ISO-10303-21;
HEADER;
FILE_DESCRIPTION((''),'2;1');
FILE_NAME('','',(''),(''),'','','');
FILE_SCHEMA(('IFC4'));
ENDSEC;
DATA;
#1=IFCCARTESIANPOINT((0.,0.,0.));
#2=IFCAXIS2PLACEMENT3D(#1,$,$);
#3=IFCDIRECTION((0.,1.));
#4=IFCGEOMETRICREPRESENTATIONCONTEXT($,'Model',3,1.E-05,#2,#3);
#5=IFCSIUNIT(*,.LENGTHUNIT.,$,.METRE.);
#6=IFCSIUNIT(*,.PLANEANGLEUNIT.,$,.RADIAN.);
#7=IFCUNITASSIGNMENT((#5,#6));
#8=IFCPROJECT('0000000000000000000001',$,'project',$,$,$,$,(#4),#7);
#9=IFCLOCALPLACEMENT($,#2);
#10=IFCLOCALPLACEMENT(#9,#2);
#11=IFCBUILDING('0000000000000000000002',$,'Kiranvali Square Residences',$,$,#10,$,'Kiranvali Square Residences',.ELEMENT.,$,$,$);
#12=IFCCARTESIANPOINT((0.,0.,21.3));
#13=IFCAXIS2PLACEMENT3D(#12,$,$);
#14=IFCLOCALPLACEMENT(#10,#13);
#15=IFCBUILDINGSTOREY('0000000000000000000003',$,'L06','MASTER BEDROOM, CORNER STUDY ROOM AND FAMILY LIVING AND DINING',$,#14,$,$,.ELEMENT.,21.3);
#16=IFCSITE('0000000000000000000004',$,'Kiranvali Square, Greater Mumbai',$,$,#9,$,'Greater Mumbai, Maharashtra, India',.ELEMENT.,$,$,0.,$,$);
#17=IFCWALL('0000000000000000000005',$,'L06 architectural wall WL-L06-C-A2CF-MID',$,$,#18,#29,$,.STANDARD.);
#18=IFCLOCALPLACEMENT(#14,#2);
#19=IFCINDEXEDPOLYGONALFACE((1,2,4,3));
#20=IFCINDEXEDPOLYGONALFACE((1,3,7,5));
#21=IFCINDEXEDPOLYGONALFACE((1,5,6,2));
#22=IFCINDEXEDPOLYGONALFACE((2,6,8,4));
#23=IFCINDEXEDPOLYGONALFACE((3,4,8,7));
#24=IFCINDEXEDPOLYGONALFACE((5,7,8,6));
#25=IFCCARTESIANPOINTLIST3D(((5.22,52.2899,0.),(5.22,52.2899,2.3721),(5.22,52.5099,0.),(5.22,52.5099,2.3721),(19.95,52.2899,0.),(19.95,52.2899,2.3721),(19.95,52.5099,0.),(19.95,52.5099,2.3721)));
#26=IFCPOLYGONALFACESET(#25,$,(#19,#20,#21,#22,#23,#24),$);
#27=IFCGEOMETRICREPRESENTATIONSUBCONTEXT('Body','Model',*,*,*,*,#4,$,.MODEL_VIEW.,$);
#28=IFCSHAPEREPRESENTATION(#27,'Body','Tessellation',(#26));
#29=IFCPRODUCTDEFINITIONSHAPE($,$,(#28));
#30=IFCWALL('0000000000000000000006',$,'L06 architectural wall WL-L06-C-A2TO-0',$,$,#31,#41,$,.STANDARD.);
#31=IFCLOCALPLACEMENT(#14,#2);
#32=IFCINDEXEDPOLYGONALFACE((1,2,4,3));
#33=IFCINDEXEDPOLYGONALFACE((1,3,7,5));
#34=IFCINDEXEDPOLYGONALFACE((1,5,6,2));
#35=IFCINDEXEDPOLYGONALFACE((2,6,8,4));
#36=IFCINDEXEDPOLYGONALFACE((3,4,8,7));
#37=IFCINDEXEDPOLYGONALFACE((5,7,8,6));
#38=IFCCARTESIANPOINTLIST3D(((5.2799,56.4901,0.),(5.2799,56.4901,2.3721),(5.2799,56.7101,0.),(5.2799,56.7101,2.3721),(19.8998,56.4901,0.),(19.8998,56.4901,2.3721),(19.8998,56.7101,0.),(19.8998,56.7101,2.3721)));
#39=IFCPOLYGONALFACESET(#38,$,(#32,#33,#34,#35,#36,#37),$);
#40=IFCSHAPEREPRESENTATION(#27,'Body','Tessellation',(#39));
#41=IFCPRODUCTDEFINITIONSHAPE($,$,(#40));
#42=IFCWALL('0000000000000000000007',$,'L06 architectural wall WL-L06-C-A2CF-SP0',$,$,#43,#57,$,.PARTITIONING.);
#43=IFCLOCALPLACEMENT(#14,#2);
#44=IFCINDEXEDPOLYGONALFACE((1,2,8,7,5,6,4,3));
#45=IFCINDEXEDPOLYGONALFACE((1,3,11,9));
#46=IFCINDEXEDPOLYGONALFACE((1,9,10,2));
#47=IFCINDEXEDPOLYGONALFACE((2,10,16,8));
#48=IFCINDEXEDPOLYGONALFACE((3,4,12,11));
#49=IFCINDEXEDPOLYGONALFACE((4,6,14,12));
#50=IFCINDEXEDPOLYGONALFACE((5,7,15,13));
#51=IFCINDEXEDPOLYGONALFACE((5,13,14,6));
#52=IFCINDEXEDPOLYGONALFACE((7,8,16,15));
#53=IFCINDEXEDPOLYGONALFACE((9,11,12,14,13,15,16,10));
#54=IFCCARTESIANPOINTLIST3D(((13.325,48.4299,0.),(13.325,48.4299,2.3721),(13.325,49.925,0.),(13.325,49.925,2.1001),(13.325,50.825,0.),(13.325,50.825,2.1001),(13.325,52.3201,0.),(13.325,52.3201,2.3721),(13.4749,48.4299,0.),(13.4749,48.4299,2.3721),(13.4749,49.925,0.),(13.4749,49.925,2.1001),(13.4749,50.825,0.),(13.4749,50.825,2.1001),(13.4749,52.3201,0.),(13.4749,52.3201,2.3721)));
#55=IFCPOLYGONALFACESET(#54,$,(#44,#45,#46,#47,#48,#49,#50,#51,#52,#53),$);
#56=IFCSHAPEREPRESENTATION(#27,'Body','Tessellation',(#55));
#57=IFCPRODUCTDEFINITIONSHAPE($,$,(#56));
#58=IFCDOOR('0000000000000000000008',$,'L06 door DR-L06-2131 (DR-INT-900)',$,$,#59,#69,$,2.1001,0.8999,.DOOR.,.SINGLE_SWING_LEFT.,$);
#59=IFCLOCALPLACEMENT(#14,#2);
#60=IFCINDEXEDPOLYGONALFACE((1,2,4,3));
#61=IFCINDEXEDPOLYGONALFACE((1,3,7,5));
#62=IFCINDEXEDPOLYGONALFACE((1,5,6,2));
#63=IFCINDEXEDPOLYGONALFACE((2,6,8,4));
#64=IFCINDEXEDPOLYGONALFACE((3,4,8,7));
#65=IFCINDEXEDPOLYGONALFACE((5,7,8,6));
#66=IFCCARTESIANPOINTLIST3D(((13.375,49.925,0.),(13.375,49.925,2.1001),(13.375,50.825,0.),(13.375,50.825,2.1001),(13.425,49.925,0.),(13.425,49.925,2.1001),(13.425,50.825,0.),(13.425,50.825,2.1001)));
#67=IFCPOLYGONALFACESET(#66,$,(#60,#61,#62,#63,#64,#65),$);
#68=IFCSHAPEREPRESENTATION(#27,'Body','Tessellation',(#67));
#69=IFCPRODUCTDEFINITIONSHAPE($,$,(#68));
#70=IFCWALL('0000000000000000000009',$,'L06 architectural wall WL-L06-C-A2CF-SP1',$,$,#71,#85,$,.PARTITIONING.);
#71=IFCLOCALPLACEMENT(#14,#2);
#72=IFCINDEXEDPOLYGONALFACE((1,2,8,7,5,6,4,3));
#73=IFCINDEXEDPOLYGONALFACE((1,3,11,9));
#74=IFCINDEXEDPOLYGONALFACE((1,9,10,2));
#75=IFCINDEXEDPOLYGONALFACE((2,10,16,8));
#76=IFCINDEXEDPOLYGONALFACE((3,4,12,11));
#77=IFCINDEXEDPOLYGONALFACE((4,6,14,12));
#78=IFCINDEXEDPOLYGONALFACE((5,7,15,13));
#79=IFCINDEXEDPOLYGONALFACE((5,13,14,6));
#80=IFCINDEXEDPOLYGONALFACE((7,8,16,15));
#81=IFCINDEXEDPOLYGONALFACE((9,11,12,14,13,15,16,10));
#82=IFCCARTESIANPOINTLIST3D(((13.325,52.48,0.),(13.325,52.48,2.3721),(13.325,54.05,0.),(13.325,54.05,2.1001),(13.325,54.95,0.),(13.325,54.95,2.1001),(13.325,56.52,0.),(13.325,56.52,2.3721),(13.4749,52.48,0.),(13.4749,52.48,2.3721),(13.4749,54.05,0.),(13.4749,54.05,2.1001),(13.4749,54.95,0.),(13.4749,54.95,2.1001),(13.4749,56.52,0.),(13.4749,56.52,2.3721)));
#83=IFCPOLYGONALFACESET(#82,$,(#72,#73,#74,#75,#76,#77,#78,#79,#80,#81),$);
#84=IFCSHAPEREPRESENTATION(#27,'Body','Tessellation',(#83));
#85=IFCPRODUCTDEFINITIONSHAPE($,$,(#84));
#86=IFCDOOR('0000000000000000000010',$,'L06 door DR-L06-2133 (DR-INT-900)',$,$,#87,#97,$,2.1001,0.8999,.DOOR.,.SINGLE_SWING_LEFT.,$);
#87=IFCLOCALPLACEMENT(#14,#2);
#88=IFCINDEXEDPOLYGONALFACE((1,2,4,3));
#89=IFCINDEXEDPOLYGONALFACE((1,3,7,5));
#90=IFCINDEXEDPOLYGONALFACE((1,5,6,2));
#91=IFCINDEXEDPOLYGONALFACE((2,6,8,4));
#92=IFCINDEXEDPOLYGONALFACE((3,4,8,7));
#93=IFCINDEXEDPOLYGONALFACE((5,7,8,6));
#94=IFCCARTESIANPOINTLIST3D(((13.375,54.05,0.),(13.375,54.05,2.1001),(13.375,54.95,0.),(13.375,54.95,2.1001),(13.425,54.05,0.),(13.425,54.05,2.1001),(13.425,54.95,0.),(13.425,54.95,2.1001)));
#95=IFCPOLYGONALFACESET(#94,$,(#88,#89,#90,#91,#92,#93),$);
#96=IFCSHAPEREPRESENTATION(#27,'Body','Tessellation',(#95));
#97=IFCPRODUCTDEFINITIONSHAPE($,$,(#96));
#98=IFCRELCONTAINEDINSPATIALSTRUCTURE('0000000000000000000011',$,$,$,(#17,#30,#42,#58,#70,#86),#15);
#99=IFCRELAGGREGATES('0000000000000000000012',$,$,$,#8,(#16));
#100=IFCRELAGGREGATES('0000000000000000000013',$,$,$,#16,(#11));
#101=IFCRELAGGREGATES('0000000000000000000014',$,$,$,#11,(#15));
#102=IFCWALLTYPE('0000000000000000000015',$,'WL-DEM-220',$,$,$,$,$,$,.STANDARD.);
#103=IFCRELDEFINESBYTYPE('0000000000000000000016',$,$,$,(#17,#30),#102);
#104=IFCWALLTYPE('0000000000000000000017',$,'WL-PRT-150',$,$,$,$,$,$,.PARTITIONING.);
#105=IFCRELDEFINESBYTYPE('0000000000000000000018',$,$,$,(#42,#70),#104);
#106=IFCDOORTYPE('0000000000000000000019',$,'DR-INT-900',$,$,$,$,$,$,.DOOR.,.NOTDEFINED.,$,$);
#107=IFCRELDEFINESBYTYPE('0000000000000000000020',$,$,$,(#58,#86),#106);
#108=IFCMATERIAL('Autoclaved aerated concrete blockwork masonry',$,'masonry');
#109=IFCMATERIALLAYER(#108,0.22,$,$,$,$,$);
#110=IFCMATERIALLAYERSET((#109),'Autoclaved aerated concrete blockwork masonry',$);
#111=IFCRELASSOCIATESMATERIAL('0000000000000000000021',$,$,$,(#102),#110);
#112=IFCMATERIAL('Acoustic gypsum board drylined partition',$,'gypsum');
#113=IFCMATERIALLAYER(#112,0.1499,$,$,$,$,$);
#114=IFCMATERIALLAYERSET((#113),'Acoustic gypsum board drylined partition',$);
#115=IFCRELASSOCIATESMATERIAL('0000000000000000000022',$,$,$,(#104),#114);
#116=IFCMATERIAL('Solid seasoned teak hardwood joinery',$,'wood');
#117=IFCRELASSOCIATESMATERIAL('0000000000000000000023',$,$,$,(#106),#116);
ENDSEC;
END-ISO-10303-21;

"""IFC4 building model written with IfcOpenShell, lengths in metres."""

from ifc_helpers import new_model, si_unit, direction, frame, frame_2d, origin, place, context, subcontext, project, spatial, rectangle, extrude, material, layer, layer_set, type_object, element, fill, save


model = new_model("IFC4")

# Units and contexts
model_context = context("Model", 3, precision=1e-05, world=origin(), true_north=direction((0.0, 1.0)))
body_context = subcontext(model_context, "Body", "Model", "MODEL_VIEW")
ifc_project = project(units=[si_unit("LENGTHUNIT", "METRE"), si_unit("PLANEANGLEUNIT", "RADIAN")], contexts=[model_context])

# Site, building, storey
site_placement = place(None, origin())
site = spatial("IfcSite", under=ifc_project, at=site_placement, Name="Kiranvali Square, Greater Mumbai", LongName="Greater Mumbai, Maharashtra, India", CompositionType="ELEMENT", RefElevation=0.0)
building_placement = place(site_placement, origin())
building = spatial("IfcBuilding", under=site, at=building_placement, Name="Kiranvali Square Residences", LongName="Kiranvali Square Residences", CompositionType="ELEMENT")
storey_placement = place(building_placement, frame((0.0, 0.0, 21.3)))
storey = spatial("IfcBuildingStorey", under=building, at=storey_placement, Name="L06", Description="MASTER BEDROOM, CORNER STUDY ROOM AND FAMILY LIVING AND DINING", CompositionType="ELEMENT", Elevation=21.3)

# Walls
ifc_material_1 = material(Name="Autoclaved aerated concrete blockwork masonry", Category="masonry")
ifc_layer_1 = layer(ifc_material_1, 0.22)
ifc_layer_set_1 = layer_set([ifc_layer_1], Name="Autoclaved aerated concrete blockwork masonry")
wall_type_1 = type_object("IfcWallType", Name="WL-DEM-220", PredefinedType="STANDARD", material=ifc_layer_set_1)
wall_1_placement = place(storey_placement, frame((19.95, 52.3999, 0.0), z_axis=(0.0, 0.0, 1.0), x_axis=(-1.0, 0.0, 0.0)))
element("IfcWall", 1, at=wall_1_placement, inside=storey, type_object=wall_type_1, Name="L06 architectural wall WL-L06-C-A2CF-MID", PredefinedType="STANDARD", context=body_context, shape_type="SweptSolid", body=[
    extrude(rectangle(XDim=14.73, YDim=0.22, at=frame_2d((7.365, 0.0))), origin(), (0.0, 0.0, 1.0), 2.3721),
])
wall_2_placement = place(storey_placement, frame((19.8999, 56.6001, 0.0), z_axis=(0.0, 0.0, 1.0), x_axis=(-1.0, 0.0, 0.0)))
element("IfcWall", 2, at=wall_2_placement, inside=storey, type_object=wall_type_1, Name="L06 architectural wall WL-L06-C-A2TO-0", PredefinedType="STANDARD", context=body_context, shape_type="SweptSolid", body=[
    extrude(rectangle(XDim=14.6199, YDim=0.22, at=frame_2d((7.3101, 0.0))), origin(), (0.0, 0.0, 1.0), 2.3721),
])

# Walls, openings, doors
ifc_material_2 = material(Name="Acoustic gypsum board drylined partition", Category="gypsum")
ifc_layer_2 = layer(ifc_material_2, 0.1499)
ifc_layer_set_2 = layer_set([ifc_layer_2], Name="Acoustic gypsum board drylined partition")
wall_type_2 = type_object("IfcWallType", Name="WL-PRT-150", PredefinedType="PARTITIONING", material=ifc_layer_set_2)
wall_3_placement = place(storey_placement, frame((13.3999, 48.4299, 0.0), z_axis=(0.0, 0.0, 1.0), x_axis=(0.0, 1.0, 0.0)))
wall_3 = element("IfcWall", 3, at=wall_3_placement, inside=storey, type_object=wall_type_2, Name="L06 architectural wall WL-L06-C-A2CF-SP0", PredefinedType="PARTITIONING", context=body_context, shape_type="SweptSolid", body=[
    extrude(rectangle(XDim=3.8901, YDim=0.1499, at=frame_2d((1.9451, 0.0))), origin(), (0.0, 0.0, 1.0), 2.3721),
])
opening_1_placement = place(wall_3_placement, frame((1.4951, 0.0, 0.0)))
opening_1 = element("IfcOpeningElement", 4, at=opening_1_placement, cuts=wall_3, PredefinedType="OPENING", context=body_context, shape_type="SweptSolid", body=[
    extrude(rectangle(XDim=0.8999, YDim=2.1001, at=frame_2d((0.45, 1.05))), frame((0.0, 0.085, 0.0), z_axis=(0.0, -1.0, 0.0), x_axis=(1.0, 0.0, 0.0)), (0.0, 0.0, 1.0), 0.1699),
])
ifc_material_3 = material(Name="Solid seasoned teak hardwood joinery", Category="wood")
door_type = type_object("IfcDoorType", Name="DR-INT-900", OperationType="NOTDEFINED", PredefinedType="DOOR", material=ifc_material_3)
door_1_placement = place(opening_1_placement, origin())
door_1 = element("IfcDoor", 5, at=door_1_placement, inside=storey, type_object=door_type, Name="L06 door DR-L06-2131 (DR-INT-900)", OperationType="SINGLE_SWING_LEFT", OverallHeight=2.1001, OverallWidth=0.8999, PredefinedType="DOOR", context=body_context, shape_type="SweptSolid", body=[
    extrude(rectangle(XDim=0.8999, YDim=2.1001, at=frame_2d((0.45, 1.05))), frame((0.0, 0.0249, 0.0), z_axis=(0.0, -1.0, 0.0), x_axis=(1.0, 0.0, 0.0)), (0.0, 0.0, 1.0), 0.05),
])
fill(opening_1, door_1)
wall_4_placement = place(storey_placement, frame((13.3999, 52.48, 0.0), z_axis=(0.0, 0.0, 1.0), x_axis=(0.0, 1.0, 0.0)))
wall_4 = element("IfcWall", 6, at=wall_4_placement, inside=storey, type_object=wall_type_2, Name="L06 architectural wall WL-L06-C-A2CF-SP1", PredefinedType="PARTITIONING", context=body_context, shape_type="SweptSolid", body=[
    extrude(rectangle(XDim=4.04, YDim=0.1499, at=frame_2d((2.02, 0.0))), origin(), (0.0, 0.0, 1.0), 2.3721),
])
opening_2_placement = place(wall_4_placement, frame((1.5701, 0.0, 0.0)))
opening_2 = element("IfcOpeningElement", 7, at=opening_2_placement, cuts=wall_4, PredefinedType="OPENING", context=body_context, shape_type="SweptSolid", body=[
    extrude(rectangle(XDim=0.8999, YDim=2.1001, at=frame_2d((0.45, 1.05))), frame((0.0, 0.085, 0.0), z_axis=(0.0, -1.0, 0.0), x_axis=(1.0, 0.0, 0.0)), (0.0, 0.0, 1.0), 0.1699),
])
door_2_placement = place(opening_2_placement, origin())
door_2 = element("IfcDoor", 8, at=door_2_placement, inside=storey, type_object=door_type, Name="L06 door DR-L06-2133 (DR-INT-900)", OperationType="SINGLE_SWING_LEFT", OverallHeight=2.1001, OverallWidth=0.8999, PredefinedType="DOOR", context=body_context, shape_type="SweptSolid", body=[
    extrude(rectangle(XDim=0.8999, YDim=2.1001, at=frame_2d((0.45, 1.05))), frame((0.0, 0.0249, 0.0), z_axis=(0.0, -1.0, 0.0), x_axis=(1.0, 0.0, 0.0)), (0.0, 0.0, 1.0), 0.05),
])
fill(opening_2, door_2)

save(model, "model.ifc")
